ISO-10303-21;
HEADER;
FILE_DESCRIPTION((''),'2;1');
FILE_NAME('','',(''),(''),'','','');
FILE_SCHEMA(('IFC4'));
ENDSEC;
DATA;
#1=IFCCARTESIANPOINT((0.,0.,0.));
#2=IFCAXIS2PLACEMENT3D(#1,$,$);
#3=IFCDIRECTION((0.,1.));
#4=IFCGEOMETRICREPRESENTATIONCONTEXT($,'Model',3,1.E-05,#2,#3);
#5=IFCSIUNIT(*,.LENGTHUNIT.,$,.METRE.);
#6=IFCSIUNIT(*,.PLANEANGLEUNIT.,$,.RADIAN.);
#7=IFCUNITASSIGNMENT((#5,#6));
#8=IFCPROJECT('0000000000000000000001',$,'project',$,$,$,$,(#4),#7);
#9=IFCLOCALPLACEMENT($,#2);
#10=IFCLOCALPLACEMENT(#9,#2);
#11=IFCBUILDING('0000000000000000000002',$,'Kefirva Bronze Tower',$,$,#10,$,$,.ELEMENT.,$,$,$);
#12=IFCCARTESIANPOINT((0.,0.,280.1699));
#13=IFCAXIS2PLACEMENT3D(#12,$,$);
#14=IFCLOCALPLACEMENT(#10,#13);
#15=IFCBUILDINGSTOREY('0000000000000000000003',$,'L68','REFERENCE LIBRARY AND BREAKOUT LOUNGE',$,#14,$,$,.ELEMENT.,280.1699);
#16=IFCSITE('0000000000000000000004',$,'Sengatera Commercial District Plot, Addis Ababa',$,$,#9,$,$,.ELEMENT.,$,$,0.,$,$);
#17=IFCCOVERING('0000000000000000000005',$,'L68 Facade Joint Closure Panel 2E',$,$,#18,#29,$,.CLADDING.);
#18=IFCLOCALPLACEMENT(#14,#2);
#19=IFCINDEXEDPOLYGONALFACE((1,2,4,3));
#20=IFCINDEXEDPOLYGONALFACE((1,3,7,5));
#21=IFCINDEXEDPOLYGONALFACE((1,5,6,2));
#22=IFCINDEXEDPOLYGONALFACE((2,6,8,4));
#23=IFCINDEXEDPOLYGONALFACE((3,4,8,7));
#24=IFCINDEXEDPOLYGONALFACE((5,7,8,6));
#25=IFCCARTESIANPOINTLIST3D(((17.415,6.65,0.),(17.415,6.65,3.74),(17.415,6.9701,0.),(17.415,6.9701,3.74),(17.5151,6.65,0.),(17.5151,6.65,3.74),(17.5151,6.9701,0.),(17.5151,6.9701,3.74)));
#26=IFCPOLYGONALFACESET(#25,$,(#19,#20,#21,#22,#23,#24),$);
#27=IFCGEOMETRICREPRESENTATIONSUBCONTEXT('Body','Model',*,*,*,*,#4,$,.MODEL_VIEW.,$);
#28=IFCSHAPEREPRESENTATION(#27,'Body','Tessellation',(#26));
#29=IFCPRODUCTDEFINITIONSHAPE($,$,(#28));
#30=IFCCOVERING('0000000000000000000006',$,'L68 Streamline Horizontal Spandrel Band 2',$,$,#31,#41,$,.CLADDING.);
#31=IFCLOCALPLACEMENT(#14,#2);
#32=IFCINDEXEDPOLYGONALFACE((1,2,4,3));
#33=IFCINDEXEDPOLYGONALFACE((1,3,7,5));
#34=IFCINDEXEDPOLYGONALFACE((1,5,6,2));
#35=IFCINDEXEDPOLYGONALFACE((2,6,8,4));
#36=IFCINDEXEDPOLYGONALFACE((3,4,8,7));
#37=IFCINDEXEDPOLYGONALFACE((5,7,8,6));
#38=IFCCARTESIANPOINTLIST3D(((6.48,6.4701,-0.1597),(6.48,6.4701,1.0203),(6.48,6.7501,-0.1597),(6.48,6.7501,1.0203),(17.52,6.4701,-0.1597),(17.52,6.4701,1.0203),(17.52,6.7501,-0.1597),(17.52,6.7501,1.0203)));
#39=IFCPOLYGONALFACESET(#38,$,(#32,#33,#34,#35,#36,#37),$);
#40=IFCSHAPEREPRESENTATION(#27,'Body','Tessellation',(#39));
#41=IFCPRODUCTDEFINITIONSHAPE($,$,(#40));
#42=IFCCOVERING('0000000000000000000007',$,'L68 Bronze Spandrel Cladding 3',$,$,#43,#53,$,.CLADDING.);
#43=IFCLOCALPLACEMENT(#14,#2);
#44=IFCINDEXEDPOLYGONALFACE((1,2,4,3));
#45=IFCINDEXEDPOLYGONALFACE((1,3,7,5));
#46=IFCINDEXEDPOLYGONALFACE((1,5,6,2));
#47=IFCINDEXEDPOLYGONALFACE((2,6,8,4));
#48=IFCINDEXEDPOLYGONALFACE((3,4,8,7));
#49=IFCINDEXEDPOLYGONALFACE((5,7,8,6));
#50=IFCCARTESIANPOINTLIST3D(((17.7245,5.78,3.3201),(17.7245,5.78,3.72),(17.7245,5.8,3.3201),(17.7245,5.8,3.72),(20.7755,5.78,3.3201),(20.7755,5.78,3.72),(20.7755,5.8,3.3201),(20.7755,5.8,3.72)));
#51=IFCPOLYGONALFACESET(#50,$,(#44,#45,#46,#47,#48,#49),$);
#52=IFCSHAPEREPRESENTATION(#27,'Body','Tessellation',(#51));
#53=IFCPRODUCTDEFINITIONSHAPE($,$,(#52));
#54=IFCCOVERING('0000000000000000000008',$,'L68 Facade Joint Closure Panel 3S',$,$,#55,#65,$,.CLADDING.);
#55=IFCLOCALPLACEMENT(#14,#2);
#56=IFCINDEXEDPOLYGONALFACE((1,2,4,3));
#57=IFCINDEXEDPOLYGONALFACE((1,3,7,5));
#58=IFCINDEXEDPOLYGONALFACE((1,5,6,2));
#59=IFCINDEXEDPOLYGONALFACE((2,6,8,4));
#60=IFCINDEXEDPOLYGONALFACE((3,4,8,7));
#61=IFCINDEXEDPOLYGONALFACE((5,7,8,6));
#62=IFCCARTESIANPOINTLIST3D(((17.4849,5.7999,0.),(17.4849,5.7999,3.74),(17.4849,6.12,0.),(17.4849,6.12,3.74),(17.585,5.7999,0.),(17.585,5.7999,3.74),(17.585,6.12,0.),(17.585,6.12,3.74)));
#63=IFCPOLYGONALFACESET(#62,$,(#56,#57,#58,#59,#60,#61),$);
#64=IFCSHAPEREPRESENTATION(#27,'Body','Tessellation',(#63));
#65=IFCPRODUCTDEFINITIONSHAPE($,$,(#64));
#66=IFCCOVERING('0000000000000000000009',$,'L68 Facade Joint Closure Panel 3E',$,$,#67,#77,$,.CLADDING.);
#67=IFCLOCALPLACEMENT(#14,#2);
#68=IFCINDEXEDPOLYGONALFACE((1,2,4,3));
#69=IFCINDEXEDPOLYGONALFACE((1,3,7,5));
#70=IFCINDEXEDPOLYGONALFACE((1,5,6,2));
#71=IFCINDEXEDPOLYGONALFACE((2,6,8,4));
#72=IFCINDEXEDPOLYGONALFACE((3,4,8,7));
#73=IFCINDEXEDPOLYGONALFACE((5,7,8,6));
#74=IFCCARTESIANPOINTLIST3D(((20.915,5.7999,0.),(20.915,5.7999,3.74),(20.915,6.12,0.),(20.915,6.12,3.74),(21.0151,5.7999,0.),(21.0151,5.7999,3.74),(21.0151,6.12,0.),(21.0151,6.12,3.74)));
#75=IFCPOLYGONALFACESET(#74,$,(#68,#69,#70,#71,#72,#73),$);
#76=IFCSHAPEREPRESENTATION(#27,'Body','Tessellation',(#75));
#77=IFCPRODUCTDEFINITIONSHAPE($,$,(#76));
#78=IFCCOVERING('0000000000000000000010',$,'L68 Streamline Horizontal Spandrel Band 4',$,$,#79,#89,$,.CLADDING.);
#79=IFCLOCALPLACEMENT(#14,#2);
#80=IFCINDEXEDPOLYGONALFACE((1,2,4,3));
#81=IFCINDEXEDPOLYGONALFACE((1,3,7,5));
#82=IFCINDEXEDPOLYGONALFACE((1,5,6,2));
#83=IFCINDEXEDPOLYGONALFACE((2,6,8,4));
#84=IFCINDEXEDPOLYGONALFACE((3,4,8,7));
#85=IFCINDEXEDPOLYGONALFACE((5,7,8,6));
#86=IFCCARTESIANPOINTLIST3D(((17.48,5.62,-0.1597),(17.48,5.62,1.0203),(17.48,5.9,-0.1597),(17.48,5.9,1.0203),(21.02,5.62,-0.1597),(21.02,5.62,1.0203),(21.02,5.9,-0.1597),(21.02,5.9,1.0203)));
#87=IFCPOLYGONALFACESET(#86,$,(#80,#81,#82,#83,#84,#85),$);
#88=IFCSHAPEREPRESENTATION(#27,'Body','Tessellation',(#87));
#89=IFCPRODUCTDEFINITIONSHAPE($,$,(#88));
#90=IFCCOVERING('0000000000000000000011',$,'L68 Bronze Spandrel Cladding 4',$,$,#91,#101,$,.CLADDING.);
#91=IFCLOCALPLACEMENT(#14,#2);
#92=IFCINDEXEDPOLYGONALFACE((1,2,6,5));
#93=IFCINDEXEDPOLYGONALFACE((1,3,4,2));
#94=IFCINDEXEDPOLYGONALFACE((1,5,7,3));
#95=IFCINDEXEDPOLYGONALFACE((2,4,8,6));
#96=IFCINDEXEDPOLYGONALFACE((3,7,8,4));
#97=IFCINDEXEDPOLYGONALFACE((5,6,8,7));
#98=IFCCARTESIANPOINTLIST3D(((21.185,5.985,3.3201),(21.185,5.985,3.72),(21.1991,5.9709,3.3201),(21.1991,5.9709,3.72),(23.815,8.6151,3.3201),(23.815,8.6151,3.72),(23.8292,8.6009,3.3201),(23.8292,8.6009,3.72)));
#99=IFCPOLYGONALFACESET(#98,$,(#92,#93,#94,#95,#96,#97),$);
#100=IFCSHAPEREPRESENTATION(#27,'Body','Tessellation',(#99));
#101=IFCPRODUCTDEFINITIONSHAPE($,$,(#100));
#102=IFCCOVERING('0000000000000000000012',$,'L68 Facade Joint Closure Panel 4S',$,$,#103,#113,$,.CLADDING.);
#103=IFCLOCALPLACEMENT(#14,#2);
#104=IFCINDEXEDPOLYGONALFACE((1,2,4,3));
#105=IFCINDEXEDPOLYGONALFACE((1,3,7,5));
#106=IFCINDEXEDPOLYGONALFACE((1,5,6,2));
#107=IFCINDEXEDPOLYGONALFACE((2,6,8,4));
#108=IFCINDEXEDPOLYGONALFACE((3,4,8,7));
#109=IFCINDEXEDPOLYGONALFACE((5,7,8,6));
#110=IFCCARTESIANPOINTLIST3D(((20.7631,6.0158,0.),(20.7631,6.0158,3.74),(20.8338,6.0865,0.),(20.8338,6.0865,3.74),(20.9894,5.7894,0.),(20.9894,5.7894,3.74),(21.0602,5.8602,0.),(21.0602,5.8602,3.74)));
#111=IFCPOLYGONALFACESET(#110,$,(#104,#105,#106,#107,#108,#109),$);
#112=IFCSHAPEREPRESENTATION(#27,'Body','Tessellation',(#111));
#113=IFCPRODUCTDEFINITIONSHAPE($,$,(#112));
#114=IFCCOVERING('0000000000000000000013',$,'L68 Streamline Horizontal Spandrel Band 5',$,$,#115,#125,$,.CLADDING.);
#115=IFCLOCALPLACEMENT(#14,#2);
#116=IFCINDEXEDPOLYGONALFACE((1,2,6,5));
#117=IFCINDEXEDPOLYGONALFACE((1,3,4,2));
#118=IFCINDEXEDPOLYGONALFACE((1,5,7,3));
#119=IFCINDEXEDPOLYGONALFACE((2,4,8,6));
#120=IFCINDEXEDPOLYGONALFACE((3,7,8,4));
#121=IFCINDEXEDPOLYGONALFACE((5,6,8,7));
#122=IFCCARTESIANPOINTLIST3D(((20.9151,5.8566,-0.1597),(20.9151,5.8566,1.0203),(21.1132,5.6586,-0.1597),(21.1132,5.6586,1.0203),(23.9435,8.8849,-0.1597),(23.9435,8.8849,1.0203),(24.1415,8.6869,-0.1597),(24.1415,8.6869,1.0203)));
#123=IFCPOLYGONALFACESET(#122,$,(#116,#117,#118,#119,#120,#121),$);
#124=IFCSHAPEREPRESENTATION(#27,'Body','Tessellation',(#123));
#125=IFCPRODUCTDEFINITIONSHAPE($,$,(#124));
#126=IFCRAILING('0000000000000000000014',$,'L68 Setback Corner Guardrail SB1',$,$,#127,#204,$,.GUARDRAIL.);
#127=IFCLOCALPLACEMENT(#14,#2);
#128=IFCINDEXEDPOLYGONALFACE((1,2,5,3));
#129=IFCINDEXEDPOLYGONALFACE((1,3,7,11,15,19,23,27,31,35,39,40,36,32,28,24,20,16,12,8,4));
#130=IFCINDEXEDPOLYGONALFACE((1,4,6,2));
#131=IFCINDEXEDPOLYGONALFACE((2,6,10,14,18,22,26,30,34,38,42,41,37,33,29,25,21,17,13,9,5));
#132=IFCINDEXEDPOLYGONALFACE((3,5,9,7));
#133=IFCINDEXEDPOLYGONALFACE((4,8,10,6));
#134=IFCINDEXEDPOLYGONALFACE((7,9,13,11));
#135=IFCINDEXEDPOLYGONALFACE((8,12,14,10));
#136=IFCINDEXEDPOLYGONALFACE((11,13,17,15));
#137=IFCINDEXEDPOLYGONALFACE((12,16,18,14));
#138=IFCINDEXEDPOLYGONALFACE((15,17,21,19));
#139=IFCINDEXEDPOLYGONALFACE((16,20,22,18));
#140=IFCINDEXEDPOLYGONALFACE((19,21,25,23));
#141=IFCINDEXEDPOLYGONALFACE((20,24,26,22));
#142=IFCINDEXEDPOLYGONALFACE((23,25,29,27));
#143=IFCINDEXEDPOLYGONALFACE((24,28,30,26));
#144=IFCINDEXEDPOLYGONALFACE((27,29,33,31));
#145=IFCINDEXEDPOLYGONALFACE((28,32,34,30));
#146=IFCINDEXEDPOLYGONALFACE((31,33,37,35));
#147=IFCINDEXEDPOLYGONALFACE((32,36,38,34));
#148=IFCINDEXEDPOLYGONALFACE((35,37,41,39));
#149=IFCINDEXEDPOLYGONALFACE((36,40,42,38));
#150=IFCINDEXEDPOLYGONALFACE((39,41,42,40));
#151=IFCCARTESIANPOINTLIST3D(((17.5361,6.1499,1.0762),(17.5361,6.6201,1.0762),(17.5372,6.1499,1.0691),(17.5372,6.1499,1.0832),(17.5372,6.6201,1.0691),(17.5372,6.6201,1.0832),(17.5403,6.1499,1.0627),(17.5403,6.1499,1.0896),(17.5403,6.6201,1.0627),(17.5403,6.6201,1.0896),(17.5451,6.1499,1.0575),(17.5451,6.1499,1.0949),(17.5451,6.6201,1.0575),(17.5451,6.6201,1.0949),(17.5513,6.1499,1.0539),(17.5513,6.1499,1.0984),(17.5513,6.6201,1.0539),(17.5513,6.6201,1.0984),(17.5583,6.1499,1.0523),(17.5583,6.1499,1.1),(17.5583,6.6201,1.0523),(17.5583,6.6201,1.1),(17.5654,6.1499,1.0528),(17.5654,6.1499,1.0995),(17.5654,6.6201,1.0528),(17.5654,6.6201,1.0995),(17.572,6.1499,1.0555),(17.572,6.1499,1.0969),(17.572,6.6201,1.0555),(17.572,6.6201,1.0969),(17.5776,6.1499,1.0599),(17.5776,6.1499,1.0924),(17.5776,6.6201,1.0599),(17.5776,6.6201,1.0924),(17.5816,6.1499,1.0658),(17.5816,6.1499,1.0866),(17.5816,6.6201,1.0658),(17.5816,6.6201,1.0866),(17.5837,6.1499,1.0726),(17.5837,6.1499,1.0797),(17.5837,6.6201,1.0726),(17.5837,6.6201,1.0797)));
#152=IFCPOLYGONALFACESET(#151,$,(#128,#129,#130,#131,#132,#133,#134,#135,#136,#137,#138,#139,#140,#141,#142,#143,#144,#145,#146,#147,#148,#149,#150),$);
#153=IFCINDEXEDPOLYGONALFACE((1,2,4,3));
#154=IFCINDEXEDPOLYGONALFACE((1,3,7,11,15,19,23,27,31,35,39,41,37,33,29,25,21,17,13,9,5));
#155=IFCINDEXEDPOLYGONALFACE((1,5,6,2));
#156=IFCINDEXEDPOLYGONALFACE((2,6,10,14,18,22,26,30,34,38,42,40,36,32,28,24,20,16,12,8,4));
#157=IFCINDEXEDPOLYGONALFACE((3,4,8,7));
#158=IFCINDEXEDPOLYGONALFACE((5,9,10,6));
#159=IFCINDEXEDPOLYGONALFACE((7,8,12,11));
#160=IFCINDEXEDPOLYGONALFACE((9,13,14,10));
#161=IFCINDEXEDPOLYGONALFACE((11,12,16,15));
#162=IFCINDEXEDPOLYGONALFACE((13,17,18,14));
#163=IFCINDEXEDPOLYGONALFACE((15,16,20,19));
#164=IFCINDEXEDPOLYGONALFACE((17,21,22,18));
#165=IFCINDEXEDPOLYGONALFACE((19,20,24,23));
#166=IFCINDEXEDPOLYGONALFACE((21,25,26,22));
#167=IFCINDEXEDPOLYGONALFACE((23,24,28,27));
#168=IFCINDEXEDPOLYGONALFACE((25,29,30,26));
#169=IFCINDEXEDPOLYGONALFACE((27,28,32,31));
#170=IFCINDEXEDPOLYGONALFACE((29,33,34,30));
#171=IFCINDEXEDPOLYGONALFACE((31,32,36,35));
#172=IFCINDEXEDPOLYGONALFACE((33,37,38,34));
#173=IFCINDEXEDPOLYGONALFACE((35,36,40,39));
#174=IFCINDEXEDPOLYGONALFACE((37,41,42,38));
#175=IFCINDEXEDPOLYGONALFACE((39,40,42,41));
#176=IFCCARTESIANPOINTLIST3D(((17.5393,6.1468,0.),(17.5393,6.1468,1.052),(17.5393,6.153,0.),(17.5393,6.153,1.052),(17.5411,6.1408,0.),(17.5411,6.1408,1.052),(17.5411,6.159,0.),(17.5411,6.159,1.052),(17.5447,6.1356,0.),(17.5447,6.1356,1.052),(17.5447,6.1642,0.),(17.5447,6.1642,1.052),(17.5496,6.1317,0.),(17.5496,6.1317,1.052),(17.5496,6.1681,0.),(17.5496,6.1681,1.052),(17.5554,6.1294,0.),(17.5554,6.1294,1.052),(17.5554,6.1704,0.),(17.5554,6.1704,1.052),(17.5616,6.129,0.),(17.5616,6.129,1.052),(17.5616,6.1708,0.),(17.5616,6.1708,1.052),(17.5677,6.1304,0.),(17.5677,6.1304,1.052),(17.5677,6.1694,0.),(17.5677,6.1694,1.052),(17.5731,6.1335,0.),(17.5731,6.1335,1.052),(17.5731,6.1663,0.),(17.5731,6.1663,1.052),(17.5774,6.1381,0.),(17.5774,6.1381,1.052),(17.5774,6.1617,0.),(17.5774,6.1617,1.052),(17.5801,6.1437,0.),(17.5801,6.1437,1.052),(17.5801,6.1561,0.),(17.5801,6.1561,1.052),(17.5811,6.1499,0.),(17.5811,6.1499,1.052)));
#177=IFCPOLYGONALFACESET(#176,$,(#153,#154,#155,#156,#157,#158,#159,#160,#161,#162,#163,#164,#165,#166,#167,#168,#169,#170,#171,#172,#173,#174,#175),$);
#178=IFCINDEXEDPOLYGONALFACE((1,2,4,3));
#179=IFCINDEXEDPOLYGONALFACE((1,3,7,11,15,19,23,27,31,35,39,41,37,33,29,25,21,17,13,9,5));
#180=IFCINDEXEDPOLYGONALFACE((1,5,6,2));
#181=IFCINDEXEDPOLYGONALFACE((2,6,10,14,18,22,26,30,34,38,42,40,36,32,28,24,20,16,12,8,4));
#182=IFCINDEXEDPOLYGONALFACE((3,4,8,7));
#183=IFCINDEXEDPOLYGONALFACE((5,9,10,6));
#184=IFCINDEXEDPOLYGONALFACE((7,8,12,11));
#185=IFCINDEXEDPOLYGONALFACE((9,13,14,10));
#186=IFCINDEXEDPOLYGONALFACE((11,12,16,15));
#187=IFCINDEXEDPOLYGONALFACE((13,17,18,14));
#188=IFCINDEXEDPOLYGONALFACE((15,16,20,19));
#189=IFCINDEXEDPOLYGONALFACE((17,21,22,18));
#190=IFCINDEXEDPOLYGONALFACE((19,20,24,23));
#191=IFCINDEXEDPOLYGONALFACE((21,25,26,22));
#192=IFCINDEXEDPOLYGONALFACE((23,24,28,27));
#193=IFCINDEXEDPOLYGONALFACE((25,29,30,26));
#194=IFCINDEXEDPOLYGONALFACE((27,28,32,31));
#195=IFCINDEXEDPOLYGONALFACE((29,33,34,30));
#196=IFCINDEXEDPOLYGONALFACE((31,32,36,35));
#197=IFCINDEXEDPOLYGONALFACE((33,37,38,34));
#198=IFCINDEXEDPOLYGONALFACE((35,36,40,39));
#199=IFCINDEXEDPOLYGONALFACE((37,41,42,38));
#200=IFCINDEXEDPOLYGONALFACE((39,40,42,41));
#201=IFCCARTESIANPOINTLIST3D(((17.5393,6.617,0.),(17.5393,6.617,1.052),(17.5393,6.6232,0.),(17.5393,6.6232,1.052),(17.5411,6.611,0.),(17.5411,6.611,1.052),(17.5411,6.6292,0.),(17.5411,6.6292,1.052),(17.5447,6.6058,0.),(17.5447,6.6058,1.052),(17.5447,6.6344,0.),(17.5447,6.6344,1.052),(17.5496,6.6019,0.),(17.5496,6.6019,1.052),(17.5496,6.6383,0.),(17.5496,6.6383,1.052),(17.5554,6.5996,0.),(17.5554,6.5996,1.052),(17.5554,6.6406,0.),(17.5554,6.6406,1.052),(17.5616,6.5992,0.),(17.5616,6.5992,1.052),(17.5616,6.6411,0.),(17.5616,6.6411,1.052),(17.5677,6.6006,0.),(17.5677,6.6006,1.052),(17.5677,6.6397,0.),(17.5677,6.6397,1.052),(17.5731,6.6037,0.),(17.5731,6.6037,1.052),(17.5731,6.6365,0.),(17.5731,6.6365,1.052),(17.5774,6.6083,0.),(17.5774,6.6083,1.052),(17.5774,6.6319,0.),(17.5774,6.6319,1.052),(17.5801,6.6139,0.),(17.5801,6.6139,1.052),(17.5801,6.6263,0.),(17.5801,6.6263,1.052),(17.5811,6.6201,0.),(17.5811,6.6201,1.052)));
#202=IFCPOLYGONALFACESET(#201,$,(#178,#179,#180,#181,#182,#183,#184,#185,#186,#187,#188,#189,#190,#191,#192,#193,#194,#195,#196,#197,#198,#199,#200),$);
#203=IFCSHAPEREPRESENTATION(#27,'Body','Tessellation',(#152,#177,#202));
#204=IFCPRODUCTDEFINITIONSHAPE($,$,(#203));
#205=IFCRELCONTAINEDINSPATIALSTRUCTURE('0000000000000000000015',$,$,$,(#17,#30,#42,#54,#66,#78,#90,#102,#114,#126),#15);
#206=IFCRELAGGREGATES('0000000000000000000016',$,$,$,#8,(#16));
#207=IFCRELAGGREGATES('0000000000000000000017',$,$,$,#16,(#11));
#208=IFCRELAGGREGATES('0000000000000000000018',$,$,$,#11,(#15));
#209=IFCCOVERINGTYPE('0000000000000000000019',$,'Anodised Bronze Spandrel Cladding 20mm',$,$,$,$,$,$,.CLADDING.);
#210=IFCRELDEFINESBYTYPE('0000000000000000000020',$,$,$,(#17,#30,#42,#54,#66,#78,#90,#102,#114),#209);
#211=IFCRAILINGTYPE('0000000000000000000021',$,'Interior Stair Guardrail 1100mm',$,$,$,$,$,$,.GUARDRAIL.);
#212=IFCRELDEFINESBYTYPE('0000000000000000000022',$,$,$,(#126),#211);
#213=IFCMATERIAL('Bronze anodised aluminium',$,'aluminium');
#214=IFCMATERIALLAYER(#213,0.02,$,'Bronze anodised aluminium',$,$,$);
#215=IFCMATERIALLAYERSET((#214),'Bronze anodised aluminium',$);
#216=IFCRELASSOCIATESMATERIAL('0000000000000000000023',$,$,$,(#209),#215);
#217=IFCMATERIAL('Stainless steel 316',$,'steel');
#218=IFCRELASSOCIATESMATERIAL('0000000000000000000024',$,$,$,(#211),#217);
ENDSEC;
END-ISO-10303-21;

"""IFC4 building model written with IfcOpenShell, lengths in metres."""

from ifc_helpers import new_model, si_unit, direction, frame, origin, origin_2d, place, context, subcontext, project, spatial, rectangle, circle, extrude, material, layer, layer_set, type_object, element, save


model = new_model("IFC4")

# Units and contexts
model_context = context("Model", 3, precision=1e-05, world=origin(), true_north=direction((0.0, 1.0)))
body_context = subcontext(model_context, "Body", "Model", "MODEL_VIEW")
ifc_project = project(units=[si_unit("LENGTHUNIT", "METRE"), si_unit("PLANEANGLEUNIT", "RADIAN")], contexts=[model_context])

# Site, building, storey
site_placement = place(None, origin())
site = spatial("IfcSite", under=ifc_project, at=site_placement, Name="Sengatera Commercial District Plot, Addis Ababa", CompositionType="ELEMENT", RefElevation=0.0)
building_placement = place(site_placement, origin())
building = spatial("IfcBuilding", under=site, at=building_placement, Name="Kefirva Bronze Tower", CompositionType="ELEMENT")
storey_placement = place(building_placement, frame((0.0, 0.0, 280.1699)))
storey = spatial("IfcBuildingStorey", under=building, at=storey_placement, Name="L68", Description="REFERENCE LIBRARY AND BREAKOUT LOUNGE", CompositionType="ELEMENT", Elevation=280.1699)

# Coverings
ifc_material_1 = material(Name="Bronze anodised aluminium", Category="aluminium")
ifc_layer_1 = layer(ifc_material_1, 0.02, Name="Bronze anodised aluminium")
ifc_layer_set_1 = layer_set([ifc_layer_1], Name="Bronze anodised aluminium")
covering_type_1 = type_object("IfcCoveringType", Name="Anodised Bronze Spandrel Cladding 20mm", PredefinedType="CLADDING", material=ifc_layer_set_1)
covering_1_placement = place(storey_placement, frame((17.4651, 6.8101, 0.0), z_axis=(0.0, 0.0, 1.0), x_axis=(1.0, 0.0, 0.0)))
element("IfcCovering", 1, at=covering_1_placement, inside=storey, type_object=covering_type_1, Name="L68 Facade Joint Closure Panel 2E", PredefinedType="CLADDING", context=body_context, shape_type="SweptSolid", body=[
    extrude(rectangle(XDim=0.1001, YDim=0.3201, at=origin_2d()), origin(), (0.0, 0.0, 1.0), 3.74),
])
covering_2_placement = place(storey_placement, frame((12.0, 6.6101, -0.1597), z_axis=(0.0, 0.0, 1.0), x_axis=(1.0, 0.0, 0.0)))
element("IfcCovering", 2, at=covering_2_placement, inside=storey, type_object=covering_type_1, Name="L68 Streamline Horizontal Spandrel Band 2", PredefinedType="CLADDING", context=body_context, shape_type="SweptSolid", body=[
    extrude(rectangle(XDim=11.04, YDim=0.28, at=origin_2d()), origin(), (0.0, 0.0, 1.0), 1.1799),
])
covering_3_placement = place(storey_placement, frame((19.25, 5.79, 3.3201), z_axis=(0.0, 0.0, 1.0), x_axis=(1.0, 0.0, 0.0)))
element("IfcCovering", 3, at=covering_3_placement, inside=storey, type_object=covering_type_1, Name="L68 Bronze Spandrel Cladding 3", PredefinedType="CLADDING", context=body_context, shape_type="SweptSolid", body=[
    extrude(rectangle(XDim=3.051, YDim=0.02, at=origin_2d()), origin(), (0.0, 0.0, 1.0), 0.3999),
])
for number, where, z_axis, x_axis, name in (
    (4, (17.5349, 5.96, 0.0), (0.0, 0.0, 1.0), (1.0, 0.0, 0.0), "L68 Facade Joint Closure Panel 3S"),
    (5, (20.9651, 5.96, 0.0), (0.0, 0.0, 1.0), (1.0, 0.0, 0.0), "L68 Facade Joint Closure Panel 3E"),
):
    element("IfcCovering", number, at=place(storey_placement, frame(where, z_axis=z_axis, x_axis=x_axis)), inside=storey, type_object=covering_type_1, Name=name, PredefinedType="CLADDING", context=body_context, shape_type="SweptSolid", body=[
        extrude(rectangle(XDim=0.1001, YDim=0.3201, at=origin_2d()), origin(), (0.0, 0.0, 1.0), 3.74),
    ])
covering_4_placement = place(storey_placement, frame((19.25, 5.76, -0.1597), z_axis=(0.0, 0.0, 1.0), x_axis=(1.0, 0.0, 0.0)))
element("IfcCovering", 6, at=covering_4_placement, inside=storey, type_object=covering_type_1, Name="L68 Streamline Horizontal Spandrel Band 4", PredefinedType="CLADDING", context=body_context, shape_type="SweptSolid", body=[
    extrude(rectangle(XDim=3.54, YDim=0.28, at=origin_2d()), origin(), (0.0, 0.0, 1.0), 1.1799),
])
covering_5_placement = place(storey_placement, frame((22.5071, 7.293, 3.3201), z_axis=(0.0, 0.0, 1.0), x_axis=(0.707107, 0.707107, 0.0)))
element("IfcCovering", 7, at=covering_5_placement, inside=storey, type_object=covering_type_1, Name="L68 Bronze Spandrel Cladding 4", PredefinedType="CLADDING", context=body_context, shape_type="SweptSolid", body=[
    extrude(rectangle(XDim=3.7195, YDim=0.02, at=origin_2d()), origin(), (0.0, 0.0, 1.0), 0.3999),
])
covering_6_placement = place(storey_placement, frame((20.9116, 5.938, 0.0), z_axis=(0.0, 0.0, 1.0), x_axis=(0.707107, 0.707107, 0.0)))
element("IfcCovering", 8, at=covering_6_placement, inside=storey, type_object=covering_type_1, Name="L68 Facade Joint Closure Panel 4S", PredefinedType="CLADDING", context=body_context, shape_type="SweptSolid", body=[
    extrude(rectangle(XDim=0.1001, YDim=0.3201, at=origin_2d()), origin(), (0.0, 0.0, 1.0), 3.74),
])
covering_7_placement = place(storey_placement, frame((22.5283, 7.2717, -0.1597), z_axis=(0.0, 0.0, 1.0), x_axis=(0.707107, 0.707107, 0.0)))
element("IfcCovering", 9, at=covering_7_placement, inside=storey, type_object=covering_type_1, Name="L68 Streamline Horizontal Spandrel Band 5", PredefinedType="CLADDING", context=body_context, shape_type="SweptSolid", body=[
    extrude(rectangle(XDim=4.2827, YDim=0.28, at=origin_2d()), origin(), (0.0, 0.0, 1.0), 1.1799),
])

# Railing
ifc_material_2 = material(Name="Stainless steel 316", Category="steel")
railing_type = type_object("IfcRailingType", Name="Interior Stair Guardrail 1100mm", PredefinedType="GUARDRAIL", material=ifc_material_2)
railing_placement = place(storey_placement, frame((17.5601, 6.1499, 0.0)))
element("IfcRailing", 10, at=railing_placement, inside=storey, type_object=railing_type, Name="L68 Setback Corner Guardrail SB1", PredefinedType="GUARDRAIL", context=body_context, shape_type="SweptSolid", body=[
    extrude(circle(Radius=0.0239, at=origin_2d()), frame((0.0, 0.0, 1.0762), z_axis=(0.0, 1.0, 0.0), x_axis=(-1.0, 0.0, 0.0)), (0.0, 0.0, 1.0), 0.4702),
    extrude(circle(Radius=0.021, at=origin_2d()), origin(), (0.0, 0.0, 1.0), 1.052),
    extrude(circle(Radius=0.021, at=origin_2d()), frame((0.0, 0.4702, 0.0)), (0.0, 0.0, 1.0), 1.052),
])

save(model, "model.ifc")
